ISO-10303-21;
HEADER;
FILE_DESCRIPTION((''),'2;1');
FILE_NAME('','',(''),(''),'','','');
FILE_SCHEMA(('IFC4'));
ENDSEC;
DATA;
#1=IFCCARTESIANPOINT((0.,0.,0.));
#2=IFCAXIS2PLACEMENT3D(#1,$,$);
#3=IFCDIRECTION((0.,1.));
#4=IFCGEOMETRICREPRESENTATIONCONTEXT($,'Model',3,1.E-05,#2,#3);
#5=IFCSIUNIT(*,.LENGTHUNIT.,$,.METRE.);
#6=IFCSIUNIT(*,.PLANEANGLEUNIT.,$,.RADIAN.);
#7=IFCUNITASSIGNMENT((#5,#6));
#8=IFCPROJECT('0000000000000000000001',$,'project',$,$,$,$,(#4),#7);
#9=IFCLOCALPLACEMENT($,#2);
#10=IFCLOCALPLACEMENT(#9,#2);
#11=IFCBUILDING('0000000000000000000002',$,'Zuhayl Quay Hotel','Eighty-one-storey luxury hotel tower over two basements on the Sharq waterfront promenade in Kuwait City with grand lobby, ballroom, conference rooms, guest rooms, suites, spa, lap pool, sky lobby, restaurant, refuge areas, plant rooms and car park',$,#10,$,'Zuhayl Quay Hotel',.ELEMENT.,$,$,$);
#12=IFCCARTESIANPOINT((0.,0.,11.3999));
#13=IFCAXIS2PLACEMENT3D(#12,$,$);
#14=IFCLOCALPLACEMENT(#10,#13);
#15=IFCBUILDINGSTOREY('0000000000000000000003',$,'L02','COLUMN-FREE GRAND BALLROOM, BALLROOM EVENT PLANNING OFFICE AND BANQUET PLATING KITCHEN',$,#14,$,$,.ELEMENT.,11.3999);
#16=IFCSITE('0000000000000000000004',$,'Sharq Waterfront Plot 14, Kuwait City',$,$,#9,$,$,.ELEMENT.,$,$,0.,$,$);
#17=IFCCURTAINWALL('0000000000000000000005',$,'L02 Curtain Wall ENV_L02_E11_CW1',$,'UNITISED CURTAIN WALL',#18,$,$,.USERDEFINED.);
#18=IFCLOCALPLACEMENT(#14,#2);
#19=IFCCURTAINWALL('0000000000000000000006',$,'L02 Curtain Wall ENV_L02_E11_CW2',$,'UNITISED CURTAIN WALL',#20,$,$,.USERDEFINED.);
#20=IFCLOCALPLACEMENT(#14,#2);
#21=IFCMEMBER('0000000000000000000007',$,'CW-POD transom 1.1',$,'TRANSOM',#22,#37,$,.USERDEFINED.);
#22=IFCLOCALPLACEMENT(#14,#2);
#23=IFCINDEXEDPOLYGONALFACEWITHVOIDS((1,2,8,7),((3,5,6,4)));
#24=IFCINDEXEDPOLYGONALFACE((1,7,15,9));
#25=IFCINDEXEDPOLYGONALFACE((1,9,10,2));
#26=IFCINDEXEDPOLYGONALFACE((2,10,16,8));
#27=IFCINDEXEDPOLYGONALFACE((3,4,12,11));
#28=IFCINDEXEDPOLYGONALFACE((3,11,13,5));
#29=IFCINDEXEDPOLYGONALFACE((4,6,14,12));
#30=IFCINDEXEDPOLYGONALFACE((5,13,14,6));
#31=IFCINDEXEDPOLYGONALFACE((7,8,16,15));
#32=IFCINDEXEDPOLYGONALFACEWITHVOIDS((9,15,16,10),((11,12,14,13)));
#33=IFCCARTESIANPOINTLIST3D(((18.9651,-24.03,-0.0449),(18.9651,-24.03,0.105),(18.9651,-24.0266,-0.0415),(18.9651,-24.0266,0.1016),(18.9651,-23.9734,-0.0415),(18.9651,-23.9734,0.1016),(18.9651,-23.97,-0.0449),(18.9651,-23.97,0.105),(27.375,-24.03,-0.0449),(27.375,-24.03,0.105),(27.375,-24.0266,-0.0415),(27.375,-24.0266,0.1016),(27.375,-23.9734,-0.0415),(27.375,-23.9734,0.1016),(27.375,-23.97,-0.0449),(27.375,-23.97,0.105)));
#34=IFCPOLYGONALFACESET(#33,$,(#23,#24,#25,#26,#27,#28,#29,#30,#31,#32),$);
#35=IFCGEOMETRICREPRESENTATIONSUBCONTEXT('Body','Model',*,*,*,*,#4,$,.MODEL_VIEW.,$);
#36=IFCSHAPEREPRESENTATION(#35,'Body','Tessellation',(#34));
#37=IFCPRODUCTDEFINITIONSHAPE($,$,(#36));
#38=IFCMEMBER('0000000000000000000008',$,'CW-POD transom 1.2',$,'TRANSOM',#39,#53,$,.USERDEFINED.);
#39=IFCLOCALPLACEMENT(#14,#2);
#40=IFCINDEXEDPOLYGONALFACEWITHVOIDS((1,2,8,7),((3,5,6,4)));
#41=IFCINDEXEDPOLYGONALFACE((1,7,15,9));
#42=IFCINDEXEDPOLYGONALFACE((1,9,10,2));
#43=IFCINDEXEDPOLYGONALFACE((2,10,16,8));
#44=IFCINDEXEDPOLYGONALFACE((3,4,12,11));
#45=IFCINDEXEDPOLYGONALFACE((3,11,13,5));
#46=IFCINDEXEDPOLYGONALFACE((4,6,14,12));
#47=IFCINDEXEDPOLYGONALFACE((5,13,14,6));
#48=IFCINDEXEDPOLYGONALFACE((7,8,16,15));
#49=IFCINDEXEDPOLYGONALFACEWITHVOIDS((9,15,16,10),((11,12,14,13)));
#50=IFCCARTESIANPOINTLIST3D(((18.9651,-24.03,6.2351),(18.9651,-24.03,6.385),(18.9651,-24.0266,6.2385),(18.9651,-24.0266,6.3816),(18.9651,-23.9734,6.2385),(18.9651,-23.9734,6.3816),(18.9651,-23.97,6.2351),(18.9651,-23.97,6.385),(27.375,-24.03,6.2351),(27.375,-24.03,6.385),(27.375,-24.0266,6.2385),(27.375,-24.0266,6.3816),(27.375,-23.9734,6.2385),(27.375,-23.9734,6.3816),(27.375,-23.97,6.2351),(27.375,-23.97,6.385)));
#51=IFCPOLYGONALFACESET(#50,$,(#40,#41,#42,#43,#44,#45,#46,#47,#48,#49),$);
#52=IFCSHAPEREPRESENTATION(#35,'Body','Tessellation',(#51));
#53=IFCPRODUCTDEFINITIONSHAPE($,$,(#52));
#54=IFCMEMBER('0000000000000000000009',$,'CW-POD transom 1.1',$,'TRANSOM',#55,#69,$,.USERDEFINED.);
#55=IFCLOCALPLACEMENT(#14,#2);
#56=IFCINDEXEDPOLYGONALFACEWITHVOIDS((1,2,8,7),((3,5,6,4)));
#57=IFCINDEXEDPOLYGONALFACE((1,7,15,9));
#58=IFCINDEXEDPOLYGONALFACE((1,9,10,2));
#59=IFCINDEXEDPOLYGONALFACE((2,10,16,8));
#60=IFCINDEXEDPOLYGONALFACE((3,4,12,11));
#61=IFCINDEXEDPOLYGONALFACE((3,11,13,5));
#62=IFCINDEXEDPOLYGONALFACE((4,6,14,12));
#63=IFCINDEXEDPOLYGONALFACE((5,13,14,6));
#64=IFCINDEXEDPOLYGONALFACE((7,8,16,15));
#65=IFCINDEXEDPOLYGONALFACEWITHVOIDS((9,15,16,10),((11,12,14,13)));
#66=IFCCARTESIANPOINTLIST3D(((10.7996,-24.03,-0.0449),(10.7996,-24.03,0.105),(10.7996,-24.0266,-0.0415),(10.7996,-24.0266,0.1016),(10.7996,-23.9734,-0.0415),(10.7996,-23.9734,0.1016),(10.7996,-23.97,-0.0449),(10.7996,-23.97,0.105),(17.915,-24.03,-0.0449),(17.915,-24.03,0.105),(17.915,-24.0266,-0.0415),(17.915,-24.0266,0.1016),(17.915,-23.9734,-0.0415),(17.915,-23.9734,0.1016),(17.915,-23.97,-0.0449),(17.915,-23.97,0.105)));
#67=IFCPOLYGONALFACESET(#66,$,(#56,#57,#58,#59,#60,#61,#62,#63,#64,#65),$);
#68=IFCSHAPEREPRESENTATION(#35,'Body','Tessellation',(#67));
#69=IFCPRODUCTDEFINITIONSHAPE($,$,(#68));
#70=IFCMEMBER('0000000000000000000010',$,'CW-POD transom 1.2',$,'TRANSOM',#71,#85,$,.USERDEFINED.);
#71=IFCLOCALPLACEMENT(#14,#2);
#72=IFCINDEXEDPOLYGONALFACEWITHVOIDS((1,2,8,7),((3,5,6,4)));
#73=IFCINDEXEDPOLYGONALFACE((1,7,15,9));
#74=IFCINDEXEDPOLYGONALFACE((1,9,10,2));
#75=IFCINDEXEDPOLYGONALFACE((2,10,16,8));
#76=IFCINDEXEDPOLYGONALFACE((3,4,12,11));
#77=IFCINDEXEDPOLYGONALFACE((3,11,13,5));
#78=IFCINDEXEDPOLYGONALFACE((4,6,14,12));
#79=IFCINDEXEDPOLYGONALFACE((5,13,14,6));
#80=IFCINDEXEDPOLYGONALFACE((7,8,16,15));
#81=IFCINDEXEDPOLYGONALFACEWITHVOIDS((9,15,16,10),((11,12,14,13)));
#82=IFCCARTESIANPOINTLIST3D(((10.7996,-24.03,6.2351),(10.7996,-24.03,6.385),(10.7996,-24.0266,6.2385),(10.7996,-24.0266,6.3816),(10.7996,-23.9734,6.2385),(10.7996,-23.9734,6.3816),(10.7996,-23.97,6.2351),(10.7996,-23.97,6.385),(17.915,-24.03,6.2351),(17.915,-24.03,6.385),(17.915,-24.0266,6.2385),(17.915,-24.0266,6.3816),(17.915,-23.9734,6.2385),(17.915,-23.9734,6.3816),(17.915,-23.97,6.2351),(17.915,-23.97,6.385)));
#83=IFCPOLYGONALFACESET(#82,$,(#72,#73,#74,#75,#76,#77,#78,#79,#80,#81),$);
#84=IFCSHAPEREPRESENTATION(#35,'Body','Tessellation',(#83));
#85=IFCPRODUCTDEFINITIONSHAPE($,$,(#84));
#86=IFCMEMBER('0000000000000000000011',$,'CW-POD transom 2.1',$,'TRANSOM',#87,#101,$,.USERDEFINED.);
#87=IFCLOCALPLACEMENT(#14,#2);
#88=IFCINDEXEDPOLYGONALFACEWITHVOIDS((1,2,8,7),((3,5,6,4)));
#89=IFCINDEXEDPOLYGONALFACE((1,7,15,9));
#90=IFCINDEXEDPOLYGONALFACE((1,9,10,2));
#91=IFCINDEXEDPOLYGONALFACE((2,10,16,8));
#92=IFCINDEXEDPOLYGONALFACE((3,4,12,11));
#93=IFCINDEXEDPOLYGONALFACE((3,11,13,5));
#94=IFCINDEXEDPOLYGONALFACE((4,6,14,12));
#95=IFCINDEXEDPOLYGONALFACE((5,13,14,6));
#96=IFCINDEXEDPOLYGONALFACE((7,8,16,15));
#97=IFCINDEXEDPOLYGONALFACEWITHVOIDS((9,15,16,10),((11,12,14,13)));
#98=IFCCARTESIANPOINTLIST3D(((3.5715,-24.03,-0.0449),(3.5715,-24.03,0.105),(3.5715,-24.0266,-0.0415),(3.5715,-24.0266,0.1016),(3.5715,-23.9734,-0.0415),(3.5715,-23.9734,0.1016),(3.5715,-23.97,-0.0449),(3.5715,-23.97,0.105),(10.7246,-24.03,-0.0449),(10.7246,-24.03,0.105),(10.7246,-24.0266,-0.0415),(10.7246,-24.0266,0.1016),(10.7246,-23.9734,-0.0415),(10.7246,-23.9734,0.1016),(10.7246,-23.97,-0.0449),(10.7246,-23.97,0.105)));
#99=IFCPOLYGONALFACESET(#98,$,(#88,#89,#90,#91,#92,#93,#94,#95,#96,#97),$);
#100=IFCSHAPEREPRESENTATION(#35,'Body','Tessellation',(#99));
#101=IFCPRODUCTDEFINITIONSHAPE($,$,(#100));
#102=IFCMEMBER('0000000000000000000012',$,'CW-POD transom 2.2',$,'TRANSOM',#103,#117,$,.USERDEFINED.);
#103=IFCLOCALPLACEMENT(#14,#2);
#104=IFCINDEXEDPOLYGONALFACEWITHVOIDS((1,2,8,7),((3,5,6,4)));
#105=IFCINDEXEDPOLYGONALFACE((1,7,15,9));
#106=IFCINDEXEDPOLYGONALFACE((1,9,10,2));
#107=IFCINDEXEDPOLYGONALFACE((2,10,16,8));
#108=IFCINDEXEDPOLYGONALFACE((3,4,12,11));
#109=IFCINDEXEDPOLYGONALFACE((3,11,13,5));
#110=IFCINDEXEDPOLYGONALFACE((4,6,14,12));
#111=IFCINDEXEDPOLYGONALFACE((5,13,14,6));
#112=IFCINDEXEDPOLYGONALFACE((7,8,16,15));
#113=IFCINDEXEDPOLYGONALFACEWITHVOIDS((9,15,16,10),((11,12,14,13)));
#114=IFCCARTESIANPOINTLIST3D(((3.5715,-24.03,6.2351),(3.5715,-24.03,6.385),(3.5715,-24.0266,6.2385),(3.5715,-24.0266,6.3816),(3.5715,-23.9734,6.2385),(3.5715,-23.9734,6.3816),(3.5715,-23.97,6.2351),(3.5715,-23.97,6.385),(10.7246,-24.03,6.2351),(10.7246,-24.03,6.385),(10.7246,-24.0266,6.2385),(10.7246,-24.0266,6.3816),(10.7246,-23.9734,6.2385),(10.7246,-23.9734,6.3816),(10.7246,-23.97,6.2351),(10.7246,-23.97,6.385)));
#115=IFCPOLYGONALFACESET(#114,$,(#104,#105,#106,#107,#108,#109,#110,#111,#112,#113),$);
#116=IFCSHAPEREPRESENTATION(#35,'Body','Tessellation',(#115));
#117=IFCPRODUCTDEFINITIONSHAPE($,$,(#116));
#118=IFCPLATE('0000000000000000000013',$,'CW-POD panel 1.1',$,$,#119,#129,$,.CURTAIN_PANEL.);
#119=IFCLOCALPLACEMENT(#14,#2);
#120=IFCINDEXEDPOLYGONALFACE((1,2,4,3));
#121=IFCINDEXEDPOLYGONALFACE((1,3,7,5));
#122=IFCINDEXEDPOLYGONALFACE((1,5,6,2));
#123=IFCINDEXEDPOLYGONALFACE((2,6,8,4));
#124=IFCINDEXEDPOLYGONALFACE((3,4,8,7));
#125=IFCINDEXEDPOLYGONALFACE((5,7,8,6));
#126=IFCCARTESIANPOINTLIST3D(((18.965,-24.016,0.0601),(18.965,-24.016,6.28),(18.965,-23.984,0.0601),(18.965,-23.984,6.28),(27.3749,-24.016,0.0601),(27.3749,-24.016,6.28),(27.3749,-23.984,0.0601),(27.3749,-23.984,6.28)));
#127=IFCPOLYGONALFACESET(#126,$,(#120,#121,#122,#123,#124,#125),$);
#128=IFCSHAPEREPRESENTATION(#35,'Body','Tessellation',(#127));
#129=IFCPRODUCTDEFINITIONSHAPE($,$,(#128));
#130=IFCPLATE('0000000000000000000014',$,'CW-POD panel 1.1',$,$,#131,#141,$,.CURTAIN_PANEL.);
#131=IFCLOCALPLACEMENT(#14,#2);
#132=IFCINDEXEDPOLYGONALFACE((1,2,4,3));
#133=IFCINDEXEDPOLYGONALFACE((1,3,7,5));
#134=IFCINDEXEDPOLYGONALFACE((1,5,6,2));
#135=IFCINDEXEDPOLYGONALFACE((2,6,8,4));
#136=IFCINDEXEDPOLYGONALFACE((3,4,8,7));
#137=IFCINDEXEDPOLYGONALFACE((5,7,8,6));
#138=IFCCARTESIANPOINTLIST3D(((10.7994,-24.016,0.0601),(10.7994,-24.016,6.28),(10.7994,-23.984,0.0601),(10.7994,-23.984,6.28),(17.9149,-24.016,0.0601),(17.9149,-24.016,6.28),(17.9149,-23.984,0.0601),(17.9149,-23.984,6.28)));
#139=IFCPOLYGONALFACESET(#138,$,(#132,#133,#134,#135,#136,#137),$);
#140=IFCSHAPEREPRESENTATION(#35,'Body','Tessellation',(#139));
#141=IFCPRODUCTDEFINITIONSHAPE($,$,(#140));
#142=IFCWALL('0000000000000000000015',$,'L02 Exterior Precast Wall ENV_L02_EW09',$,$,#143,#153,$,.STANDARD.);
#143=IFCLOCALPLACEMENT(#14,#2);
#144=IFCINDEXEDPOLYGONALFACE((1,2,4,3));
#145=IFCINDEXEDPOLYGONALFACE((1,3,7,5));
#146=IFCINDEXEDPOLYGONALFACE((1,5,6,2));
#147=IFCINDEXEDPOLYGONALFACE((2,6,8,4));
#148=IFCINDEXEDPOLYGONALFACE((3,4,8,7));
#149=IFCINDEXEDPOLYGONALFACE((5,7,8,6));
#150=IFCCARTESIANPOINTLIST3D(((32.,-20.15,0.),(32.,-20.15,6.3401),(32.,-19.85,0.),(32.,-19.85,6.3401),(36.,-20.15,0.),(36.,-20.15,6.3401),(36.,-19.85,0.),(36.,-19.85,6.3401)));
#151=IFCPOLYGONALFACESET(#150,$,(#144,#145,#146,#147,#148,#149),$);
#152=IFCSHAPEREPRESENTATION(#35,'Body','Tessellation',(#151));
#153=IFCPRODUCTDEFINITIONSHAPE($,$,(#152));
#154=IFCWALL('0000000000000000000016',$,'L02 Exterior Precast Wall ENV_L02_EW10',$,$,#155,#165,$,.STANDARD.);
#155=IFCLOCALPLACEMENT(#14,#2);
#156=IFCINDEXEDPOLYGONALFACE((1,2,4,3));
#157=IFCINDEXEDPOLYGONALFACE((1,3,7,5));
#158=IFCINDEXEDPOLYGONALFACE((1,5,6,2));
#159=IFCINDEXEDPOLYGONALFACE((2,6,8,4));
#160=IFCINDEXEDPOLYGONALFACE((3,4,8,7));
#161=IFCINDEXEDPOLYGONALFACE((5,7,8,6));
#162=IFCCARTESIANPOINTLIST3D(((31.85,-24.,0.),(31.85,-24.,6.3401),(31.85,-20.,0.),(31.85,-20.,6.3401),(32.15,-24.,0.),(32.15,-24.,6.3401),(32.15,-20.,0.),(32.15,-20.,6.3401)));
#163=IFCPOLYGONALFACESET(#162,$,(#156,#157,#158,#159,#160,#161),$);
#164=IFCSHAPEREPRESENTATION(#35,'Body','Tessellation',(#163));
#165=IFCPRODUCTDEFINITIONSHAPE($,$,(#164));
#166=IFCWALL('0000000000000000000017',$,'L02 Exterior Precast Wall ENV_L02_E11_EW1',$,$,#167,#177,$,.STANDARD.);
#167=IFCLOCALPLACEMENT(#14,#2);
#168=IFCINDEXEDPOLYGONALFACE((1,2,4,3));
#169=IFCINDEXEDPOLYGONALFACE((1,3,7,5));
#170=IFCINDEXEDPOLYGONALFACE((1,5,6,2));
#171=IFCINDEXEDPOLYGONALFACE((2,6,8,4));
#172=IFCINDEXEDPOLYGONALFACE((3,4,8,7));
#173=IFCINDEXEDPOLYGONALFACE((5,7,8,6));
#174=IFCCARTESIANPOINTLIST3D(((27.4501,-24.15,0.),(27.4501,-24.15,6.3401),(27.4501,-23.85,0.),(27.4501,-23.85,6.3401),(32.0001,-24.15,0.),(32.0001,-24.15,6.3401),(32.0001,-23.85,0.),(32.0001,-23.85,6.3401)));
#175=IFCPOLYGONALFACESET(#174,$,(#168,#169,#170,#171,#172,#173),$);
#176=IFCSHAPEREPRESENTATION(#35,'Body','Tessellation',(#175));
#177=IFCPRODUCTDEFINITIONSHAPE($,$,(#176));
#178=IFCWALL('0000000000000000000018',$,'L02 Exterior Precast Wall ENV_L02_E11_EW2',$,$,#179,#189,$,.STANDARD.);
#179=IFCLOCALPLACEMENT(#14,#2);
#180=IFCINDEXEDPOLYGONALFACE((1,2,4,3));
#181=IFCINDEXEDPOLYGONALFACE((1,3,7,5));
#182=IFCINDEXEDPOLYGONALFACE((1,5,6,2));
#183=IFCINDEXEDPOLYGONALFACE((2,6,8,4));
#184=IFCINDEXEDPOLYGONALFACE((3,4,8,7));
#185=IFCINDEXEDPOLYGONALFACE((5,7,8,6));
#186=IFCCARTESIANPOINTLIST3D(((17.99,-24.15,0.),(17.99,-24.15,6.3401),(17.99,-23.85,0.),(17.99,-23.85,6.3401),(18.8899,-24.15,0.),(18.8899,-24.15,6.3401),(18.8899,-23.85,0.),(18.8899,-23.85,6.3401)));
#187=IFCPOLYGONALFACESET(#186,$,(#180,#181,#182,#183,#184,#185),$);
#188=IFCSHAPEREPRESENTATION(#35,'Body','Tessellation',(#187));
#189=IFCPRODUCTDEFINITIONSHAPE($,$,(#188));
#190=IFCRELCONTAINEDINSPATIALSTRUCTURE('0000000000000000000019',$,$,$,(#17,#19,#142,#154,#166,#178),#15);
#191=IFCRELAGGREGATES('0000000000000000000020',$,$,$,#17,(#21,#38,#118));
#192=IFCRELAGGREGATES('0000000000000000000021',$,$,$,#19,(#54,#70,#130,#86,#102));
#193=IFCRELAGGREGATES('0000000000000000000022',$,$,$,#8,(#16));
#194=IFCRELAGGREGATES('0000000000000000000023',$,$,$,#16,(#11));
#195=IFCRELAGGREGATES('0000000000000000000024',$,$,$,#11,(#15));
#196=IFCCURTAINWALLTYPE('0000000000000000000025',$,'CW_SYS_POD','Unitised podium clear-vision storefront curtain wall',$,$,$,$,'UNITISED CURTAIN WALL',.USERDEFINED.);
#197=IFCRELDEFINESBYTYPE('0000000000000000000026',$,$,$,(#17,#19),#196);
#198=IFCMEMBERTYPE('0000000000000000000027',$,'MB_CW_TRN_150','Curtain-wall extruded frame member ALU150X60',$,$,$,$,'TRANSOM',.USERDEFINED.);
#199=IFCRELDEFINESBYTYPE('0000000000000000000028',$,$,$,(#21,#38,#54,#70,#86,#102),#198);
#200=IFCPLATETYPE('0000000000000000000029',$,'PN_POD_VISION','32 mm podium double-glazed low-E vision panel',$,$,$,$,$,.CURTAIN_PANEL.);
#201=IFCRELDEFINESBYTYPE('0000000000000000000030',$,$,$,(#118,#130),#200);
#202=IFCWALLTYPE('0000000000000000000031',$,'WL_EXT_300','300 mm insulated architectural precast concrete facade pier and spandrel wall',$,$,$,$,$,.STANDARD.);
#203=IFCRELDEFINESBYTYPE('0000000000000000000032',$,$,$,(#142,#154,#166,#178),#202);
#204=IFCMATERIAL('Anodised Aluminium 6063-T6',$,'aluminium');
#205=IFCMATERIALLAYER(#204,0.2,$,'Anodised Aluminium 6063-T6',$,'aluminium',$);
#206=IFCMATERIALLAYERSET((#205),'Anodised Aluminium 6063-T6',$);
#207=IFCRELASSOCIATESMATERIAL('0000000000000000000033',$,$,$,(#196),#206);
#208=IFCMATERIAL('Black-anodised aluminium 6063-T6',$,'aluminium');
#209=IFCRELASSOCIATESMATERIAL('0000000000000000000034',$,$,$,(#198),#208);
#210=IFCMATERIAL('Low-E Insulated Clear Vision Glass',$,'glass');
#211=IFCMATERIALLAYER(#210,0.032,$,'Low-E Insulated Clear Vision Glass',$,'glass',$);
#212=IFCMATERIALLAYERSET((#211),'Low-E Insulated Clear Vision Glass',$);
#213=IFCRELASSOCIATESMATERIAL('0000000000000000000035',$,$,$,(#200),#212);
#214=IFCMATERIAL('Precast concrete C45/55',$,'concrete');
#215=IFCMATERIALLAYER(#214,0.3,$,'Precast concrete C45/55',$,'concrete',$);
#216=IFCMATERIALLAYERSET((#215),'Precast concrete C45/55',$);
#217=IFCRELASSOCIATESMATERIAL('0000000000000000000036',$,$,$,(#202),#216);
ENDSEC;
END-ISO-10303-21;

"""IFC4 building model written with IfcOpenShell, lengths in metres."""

from ifc_helpers import new_model, si_unit, direction, frame, frame_2d, origin, origin_2d, place, context, subcontext, project, spatial, rectangle, hollow_rectangle, extrude, material, layer, layer_set, material_profile, profile_set, type_object, element, aggregate, save


model = new_model("IFC4")

# Units and contexts
model_context = context("Model", 3, precision=1e-05, world=origin(), true_north=direction((0.0, 1.0)))
body_context = subcontext(model_context, "Body", "Model", "MODEL_VIEW")
ifc_project = project(units=[si_unit("LENGTHUNIT", "METRE"), si_unit("PLANEANGLEUNIT", "RADIAN")], contexts=[model_context])

# Site, building, storey
site_placement = place(None, origin())
site = spatial("IfcSite", under=ifc_project, at=site_placement, Name="Sharq Waterfront Plot 14, Kuwait City", CompositionType="ELEMENT", RefElevation=0.0)
building_placement = place(site_placement, origin())
building = spatial("IfcBuilding", under=site, at=building_placement, Name="Zuhayl Quay Hotel", Description="Eighty-one-storey luxury hotel tower over two basements on the Sharq waterfront promenade in Kuwait City with grand lobby, ballroom, conference rooms, guest rooms, suites, spa, lap pool, sky lobby, restaurant, refuge areas, plant rooms and car park", LongName="Zuhayl Quay Hotel", CompositionType="ELEMENT")
storey_placement = place(building_placement, frame((0.0, 0.0, 11.3999)))
storey = spatial("IfcBuildingStorey", under=building, at=storey_placement, Name="L02", Description="COLUMN-FREE GRAND BALLROOM, BALLROOM EVENT PLANNING OFFICE AND BANQUET PLATING KITCHEN", CompositionType="ELEMENT", Elevation=11.3999)

# Curtain walls
ifc_material_1 = material(Name="Anodised Aluminium 6063-T6", Category="aluminium")
ifc_layer_1 = layer(ifc_material_1, 0.2, Name="Anodised Aluminium 6063-T6", Category="aluminium")
ifc_layer_set_1 = layer_set([ifc_layer_1], Name="Anodised Aluminium 6063-T6")
curtain_wall_type = type_object("IfcCurtainWallType", Name="CW_SYS_POD", Description="Unitised podium clear-vision storefront curtain wall", ElementType="UNITISED CURTAIN WALL", PredefinedType="USERDEFINED", material=ifc_layer_set_1)
curtain_wall_1_placement = place(storey_placement, origin())
curtain_wall_1 = element("IfcCurtainWall", 1, at=curtain_wall_1_placement, inside=storey, type_object=curtain_wall_type, Name="L02 Curtain Wall ENV_L02_E11_CW1", ObjectType="UNITISED CURTAIN WALL", PredefinedType="USERDEFINED")
ifc_material_2 = material(Name="Black-anodised aluminium 6063-T6", Category="aluminium")
curtain_wall_2_placement = place(storey_placement, origin())
curtain_wall_2 = element("IfcCurtainWall", 2, at=curtain_wall_2_placement, inside=storey, type_object=curtain_wall_type, Name="L02 Curtain Wall ENV_L02_E11_CW2", ObjectType="UNITISED CURTAIN WALL", PredefinedType="USERDEFINED")

# Members
ifc_material_profile_1 = material_profile(ifc_material_2, hollow_rectangle(XDim=0.0601, YDim=0.1499, WallThickness=0.0034, at=origin_2d()), Name="ALU150X60")
ifc_profile_set_1 = profile_set([ifc_material_profile_1], Name="Black-anodised aluminium 6063-T6")
member_type_1 = type_object("IfcMemberType", Name="MB_CW_TRN_150", Description="Curtain-wall extruded frame member ALU150X60", ElementType="TRANSOM", PredefinedType="USERDEFINED", material=ifc_profile_set_1)
member_1_placement = place(storey_placement, frame((27.375, -24.0, 0.03), z_axis=(-1.0, 0.0, 0.0), x_axis=(0.0, -1.0, 0.0)))
member_1 = element("IfcMember", 3, at=member_1_placement, type_object=member_type_1, Name="CW-POD transom 1.1", ObjectType="TRANSOM", PredefinedType="USERDEFINED", context=body_context, shape_type="SweptSolid", body=[
    extrude(hollow_rectangle(XDim=0.0601, YDim=0.1499, WallThickness=0.0034, at=origin_2d()), origin(), (0.0, 0.0, 1.0), 8.4099),
])
member_2_placement = place(storey_placement, frame((27.375, -24.0, 6.3101), z_axis=(-1.0, 0.0, 0.0), x_axis=(0.0, -1.0, 0.0)))
member_2 = element("IfcMember", 4, at=member_2_placement, type_object=member_type_1, Name="CW-POD transom 1.2", ObjectType="TRANSOM", PredefinedType="USERDEFINED", context=body_context, shape_type="SweptSolid", body=[
    extrude(hollow_rectangle(XDim=0.0601, YDim=0.1499, WallThickness=0.0034, at=origin_2d()), origin(), (0.0, 0.0, 1.0), 8.4099),
])
member_3_placement = place(storey_placement, frame((17.915, -24.0, 0.03), z_axis=(-1.0, 0.0, 0.0), x_axis=(0.0, -1.0, 0.0)))
member_3 = element("IfcMember", 5, at=member_3_placement, type_object=member_type_1, Name="CW-POD transom 1.1", ObjectType="TRANSOM", PredefinedType="USERDEFINED", context=body_context, shape_type="SweptSolid", body=[
    extrude(hollow_rectangle(XDim=0.0601, YDim=0.1499, WallThickness=0.0034, at=origin_2d()), origin(), (0.0, 0.0, 1.0), 7.1155),
])
member_4_placement = place(storey_placement, frame((17.915, -24.0, 6.3101), z_axis=(-1.0, 0.0, 0.0), x_axis=(0.0, -1.0, 0.0)))
member_4 = element("IfcMember", 6, at=member_4_placement, type_object=member_type_1, Name="CW-POD transom 1.2", ObjectType="TRANSOM", PredefinedType="USERDEFINED", context=body_context, shape_type="SweptSolid", body=[
    extrude(hollow_rectangle(XDim=0.0601, YDim=0.1499, WallThickness=0.0034, at=origin_2d()), origin(), (0.0, 0.0, 1.0), 7.1155),
])
member_5_placement = place(storey_placement, frame((10.7246, -24.0, 0.03), z_axis=(-1.0, 0.0, 0.0), x_axis=(0.0, -1.0, 0.0)))
member_5 = element("IfcMember", 7, at=member_5_placement, type_object=member_type_1, Name="CW-POD transom 2.1", ObjectType="TRANSOM", PredefinedType="USERDEFINED", context=body_context, shape_type="SweptSolid", body=[
    extrude(hollow_rectangle(XDim=0.0601, YDim=0.1499, WallThickness=0.0034, at=origin_2d()), origin(), (0.0, 0.0, 1.0), 7.1531),
])
member_6_placement = place(storey_placement, frame((10.7246, -24.0, 6.3101), z_axis=(-1.0, 0.0, 0.0), x_axis=(0.0, -1.0, 0.0)))
member_6 = element("IfcMember", 8, at=member_6_placement, type_object=member_type_1, Name="CW-POD transom 2.2", ObjectType="TRANSOM", PredefinedType="USERDEFINED", context=body_context, shape_type="SweptSolid", body=[
    extrude(hollow_rectangle(XDim=0.0601, YDim=0.1499, WallThickness=0.0034, at=origin_2d()), origin(), (0.0, 0.0, 1.0), 7.1531),
])

# Plates
ifc_material_3 = material(Name="Low-E Insulated Clear Vision Glass", Category="glass")
ifc_layer_2 = layer(ifc_material_3, 0.032, Name="Low-E Insulated Clear Vision Glass", Category="glass")
ifc_layer_set_2 = layer_set([ifc_layer_2], Name="Low-E Insulated Clear Vision Glass")
plate_type = type_object("IfcPlateType", Name="PN_POD_VISION", Description="32 mm podium double-glazed low-E vision panel", PredefinedType="CURTAIN_PANEL", material=ifc_layer_set_2)
plate_1_placement = place(storey_placement, frame((23.1699, -24.0, 0.0601), z_axis=(0.0, 0.0, 1.0), x_axis=(-1.0, 0.0, 0.0)))
plate_1 = element("IfcPlate", 9, at=plate_1_placement, type_object=plate_type, Name="CW-POD panel 1.1", PredefinedType="CURTAIN_PANEL", context=body_context, shape_type="SweptSolid", body=[
    extrude(rectangle(XDim=8.4099, YDim=0.032, at=origin_2d()), origin(), (0.0, 0.0, 1.0), 6.22),
])
aggregate(curtain_wall_1, [member_1, member_2, plate_1])
plate_2_placement = place(storey_placement, frame((14.3572, -24.0, 0.0601), z_axis=(0.0, 0.0, 1.0), x_axis=(-1.0, 0.0, 0.0)))
plate_2 = element("IfcPlate", 10, at=plate_2_placement, type_object=plate_type, Name="CW-POD panel 1.1", PredefinedType="CURTAIN_PANEL", context=body_context, shape_type="SweptSolid", body=[
    extrude(rectangle(XDim=7.1155, YDim=0.032, at=origin_2d()), origin(), (0.0, 0.0, 1.0), 6.22),
])
aggregate(curtain_wall_2, [member_3, member_4, plate_2, member_5, member_6])

# Walls
ifc_material_4 = material(Name="Precast concrete C45/55", Category="concrete")
ifc_layer_3 = layer(ifc_material_4, 0.3, Name="Precast concrete C45/55", Category="concrete")
ifc_layer_set_3 = layer_set([ifc_layer_3], Name="Precast concrete C45/55")
wall_type_1 = type_object("IfcWallType", Name="WL_EXT_300", Description="300 mm insulated architectural precast concrete facade pier and spandrel wall", PredefinedType="STANDARD", material=ifc_layer_set_3)
for number, where, z_axis, x_axis, name in (
    (11, (36.0, -20.0, 0.0), (0.0, 0.0, 1.0), (-1.0, 0.0, 0.0), "L02 Exterior Precast Wall ENV_L02_EW09"),
    (12, (32.0, -20.0, 0.0), (0.0, 0.0, 1.0), (0.0, -1.0, 0.0), "L02 Exterior Precast Wall ENV_L02_EW10"),
):
    element("IfcWall", number, at=place(storey_placement, frame(where, z_axis=z_axis, x_axis=x_axis)), inside=storey, type_object=wall_type_1, Name=name, PredefinedType="STANDARD", context=body_context, shape_type="SweptSolid", body=[
        extrude(rectangle(XDim=4.0, YDim=0.3, at=frame_2d((2.0, 0.0))), origin(), (0.0, 0.0, 1.0), 6.3401),
    ])
wall_1_placement = place(storey_placement, frame((32.0, -24.0, 0.0), z_axis=(0.0, 0.0, 1.0), x_axis=(-1.0, 0.0, 0.0)))
element("IfcWall", 13, at=wall_1_placement, inside=storey, type_object=wall_type_1, Name="L02 Exterior Precast Wall ENV_L02_E11_EW1", PredefinedType="STANDARD", context=body_context, shape_type="SweptSolid", body=[
    extrude(rectangle(XDim=4.55, YDim=0.3, at=frame_2d((2.2749, 0.0))), origin(), (0.0, 0.0, 1.0), 6.3401),
])
wall_2_placement = place(storey_placement, frame((18.8899, -24.0, 0.0), z_axis=(0.0, 0.0, 1.0), x_axis=(-1.0, 0.0, 0.0)))
element("IfcWall", 14, at=wall_2_placement, inside=storey, type_object=wall_type_1, Name="L02 Exterior Precast Wall ENV_L02_E11_EW2", PredefinedType="STANDARD", context=body_context, shape_type="SweptSolid", body=[
    extrude(rectangle(XDim=0.8999, YDim=0.3, at=frame_2d((0.45, 0.0))), origin(), (0.0, 0.0, 1.0), 6.3401),
])

save(model, "model.ifc")
